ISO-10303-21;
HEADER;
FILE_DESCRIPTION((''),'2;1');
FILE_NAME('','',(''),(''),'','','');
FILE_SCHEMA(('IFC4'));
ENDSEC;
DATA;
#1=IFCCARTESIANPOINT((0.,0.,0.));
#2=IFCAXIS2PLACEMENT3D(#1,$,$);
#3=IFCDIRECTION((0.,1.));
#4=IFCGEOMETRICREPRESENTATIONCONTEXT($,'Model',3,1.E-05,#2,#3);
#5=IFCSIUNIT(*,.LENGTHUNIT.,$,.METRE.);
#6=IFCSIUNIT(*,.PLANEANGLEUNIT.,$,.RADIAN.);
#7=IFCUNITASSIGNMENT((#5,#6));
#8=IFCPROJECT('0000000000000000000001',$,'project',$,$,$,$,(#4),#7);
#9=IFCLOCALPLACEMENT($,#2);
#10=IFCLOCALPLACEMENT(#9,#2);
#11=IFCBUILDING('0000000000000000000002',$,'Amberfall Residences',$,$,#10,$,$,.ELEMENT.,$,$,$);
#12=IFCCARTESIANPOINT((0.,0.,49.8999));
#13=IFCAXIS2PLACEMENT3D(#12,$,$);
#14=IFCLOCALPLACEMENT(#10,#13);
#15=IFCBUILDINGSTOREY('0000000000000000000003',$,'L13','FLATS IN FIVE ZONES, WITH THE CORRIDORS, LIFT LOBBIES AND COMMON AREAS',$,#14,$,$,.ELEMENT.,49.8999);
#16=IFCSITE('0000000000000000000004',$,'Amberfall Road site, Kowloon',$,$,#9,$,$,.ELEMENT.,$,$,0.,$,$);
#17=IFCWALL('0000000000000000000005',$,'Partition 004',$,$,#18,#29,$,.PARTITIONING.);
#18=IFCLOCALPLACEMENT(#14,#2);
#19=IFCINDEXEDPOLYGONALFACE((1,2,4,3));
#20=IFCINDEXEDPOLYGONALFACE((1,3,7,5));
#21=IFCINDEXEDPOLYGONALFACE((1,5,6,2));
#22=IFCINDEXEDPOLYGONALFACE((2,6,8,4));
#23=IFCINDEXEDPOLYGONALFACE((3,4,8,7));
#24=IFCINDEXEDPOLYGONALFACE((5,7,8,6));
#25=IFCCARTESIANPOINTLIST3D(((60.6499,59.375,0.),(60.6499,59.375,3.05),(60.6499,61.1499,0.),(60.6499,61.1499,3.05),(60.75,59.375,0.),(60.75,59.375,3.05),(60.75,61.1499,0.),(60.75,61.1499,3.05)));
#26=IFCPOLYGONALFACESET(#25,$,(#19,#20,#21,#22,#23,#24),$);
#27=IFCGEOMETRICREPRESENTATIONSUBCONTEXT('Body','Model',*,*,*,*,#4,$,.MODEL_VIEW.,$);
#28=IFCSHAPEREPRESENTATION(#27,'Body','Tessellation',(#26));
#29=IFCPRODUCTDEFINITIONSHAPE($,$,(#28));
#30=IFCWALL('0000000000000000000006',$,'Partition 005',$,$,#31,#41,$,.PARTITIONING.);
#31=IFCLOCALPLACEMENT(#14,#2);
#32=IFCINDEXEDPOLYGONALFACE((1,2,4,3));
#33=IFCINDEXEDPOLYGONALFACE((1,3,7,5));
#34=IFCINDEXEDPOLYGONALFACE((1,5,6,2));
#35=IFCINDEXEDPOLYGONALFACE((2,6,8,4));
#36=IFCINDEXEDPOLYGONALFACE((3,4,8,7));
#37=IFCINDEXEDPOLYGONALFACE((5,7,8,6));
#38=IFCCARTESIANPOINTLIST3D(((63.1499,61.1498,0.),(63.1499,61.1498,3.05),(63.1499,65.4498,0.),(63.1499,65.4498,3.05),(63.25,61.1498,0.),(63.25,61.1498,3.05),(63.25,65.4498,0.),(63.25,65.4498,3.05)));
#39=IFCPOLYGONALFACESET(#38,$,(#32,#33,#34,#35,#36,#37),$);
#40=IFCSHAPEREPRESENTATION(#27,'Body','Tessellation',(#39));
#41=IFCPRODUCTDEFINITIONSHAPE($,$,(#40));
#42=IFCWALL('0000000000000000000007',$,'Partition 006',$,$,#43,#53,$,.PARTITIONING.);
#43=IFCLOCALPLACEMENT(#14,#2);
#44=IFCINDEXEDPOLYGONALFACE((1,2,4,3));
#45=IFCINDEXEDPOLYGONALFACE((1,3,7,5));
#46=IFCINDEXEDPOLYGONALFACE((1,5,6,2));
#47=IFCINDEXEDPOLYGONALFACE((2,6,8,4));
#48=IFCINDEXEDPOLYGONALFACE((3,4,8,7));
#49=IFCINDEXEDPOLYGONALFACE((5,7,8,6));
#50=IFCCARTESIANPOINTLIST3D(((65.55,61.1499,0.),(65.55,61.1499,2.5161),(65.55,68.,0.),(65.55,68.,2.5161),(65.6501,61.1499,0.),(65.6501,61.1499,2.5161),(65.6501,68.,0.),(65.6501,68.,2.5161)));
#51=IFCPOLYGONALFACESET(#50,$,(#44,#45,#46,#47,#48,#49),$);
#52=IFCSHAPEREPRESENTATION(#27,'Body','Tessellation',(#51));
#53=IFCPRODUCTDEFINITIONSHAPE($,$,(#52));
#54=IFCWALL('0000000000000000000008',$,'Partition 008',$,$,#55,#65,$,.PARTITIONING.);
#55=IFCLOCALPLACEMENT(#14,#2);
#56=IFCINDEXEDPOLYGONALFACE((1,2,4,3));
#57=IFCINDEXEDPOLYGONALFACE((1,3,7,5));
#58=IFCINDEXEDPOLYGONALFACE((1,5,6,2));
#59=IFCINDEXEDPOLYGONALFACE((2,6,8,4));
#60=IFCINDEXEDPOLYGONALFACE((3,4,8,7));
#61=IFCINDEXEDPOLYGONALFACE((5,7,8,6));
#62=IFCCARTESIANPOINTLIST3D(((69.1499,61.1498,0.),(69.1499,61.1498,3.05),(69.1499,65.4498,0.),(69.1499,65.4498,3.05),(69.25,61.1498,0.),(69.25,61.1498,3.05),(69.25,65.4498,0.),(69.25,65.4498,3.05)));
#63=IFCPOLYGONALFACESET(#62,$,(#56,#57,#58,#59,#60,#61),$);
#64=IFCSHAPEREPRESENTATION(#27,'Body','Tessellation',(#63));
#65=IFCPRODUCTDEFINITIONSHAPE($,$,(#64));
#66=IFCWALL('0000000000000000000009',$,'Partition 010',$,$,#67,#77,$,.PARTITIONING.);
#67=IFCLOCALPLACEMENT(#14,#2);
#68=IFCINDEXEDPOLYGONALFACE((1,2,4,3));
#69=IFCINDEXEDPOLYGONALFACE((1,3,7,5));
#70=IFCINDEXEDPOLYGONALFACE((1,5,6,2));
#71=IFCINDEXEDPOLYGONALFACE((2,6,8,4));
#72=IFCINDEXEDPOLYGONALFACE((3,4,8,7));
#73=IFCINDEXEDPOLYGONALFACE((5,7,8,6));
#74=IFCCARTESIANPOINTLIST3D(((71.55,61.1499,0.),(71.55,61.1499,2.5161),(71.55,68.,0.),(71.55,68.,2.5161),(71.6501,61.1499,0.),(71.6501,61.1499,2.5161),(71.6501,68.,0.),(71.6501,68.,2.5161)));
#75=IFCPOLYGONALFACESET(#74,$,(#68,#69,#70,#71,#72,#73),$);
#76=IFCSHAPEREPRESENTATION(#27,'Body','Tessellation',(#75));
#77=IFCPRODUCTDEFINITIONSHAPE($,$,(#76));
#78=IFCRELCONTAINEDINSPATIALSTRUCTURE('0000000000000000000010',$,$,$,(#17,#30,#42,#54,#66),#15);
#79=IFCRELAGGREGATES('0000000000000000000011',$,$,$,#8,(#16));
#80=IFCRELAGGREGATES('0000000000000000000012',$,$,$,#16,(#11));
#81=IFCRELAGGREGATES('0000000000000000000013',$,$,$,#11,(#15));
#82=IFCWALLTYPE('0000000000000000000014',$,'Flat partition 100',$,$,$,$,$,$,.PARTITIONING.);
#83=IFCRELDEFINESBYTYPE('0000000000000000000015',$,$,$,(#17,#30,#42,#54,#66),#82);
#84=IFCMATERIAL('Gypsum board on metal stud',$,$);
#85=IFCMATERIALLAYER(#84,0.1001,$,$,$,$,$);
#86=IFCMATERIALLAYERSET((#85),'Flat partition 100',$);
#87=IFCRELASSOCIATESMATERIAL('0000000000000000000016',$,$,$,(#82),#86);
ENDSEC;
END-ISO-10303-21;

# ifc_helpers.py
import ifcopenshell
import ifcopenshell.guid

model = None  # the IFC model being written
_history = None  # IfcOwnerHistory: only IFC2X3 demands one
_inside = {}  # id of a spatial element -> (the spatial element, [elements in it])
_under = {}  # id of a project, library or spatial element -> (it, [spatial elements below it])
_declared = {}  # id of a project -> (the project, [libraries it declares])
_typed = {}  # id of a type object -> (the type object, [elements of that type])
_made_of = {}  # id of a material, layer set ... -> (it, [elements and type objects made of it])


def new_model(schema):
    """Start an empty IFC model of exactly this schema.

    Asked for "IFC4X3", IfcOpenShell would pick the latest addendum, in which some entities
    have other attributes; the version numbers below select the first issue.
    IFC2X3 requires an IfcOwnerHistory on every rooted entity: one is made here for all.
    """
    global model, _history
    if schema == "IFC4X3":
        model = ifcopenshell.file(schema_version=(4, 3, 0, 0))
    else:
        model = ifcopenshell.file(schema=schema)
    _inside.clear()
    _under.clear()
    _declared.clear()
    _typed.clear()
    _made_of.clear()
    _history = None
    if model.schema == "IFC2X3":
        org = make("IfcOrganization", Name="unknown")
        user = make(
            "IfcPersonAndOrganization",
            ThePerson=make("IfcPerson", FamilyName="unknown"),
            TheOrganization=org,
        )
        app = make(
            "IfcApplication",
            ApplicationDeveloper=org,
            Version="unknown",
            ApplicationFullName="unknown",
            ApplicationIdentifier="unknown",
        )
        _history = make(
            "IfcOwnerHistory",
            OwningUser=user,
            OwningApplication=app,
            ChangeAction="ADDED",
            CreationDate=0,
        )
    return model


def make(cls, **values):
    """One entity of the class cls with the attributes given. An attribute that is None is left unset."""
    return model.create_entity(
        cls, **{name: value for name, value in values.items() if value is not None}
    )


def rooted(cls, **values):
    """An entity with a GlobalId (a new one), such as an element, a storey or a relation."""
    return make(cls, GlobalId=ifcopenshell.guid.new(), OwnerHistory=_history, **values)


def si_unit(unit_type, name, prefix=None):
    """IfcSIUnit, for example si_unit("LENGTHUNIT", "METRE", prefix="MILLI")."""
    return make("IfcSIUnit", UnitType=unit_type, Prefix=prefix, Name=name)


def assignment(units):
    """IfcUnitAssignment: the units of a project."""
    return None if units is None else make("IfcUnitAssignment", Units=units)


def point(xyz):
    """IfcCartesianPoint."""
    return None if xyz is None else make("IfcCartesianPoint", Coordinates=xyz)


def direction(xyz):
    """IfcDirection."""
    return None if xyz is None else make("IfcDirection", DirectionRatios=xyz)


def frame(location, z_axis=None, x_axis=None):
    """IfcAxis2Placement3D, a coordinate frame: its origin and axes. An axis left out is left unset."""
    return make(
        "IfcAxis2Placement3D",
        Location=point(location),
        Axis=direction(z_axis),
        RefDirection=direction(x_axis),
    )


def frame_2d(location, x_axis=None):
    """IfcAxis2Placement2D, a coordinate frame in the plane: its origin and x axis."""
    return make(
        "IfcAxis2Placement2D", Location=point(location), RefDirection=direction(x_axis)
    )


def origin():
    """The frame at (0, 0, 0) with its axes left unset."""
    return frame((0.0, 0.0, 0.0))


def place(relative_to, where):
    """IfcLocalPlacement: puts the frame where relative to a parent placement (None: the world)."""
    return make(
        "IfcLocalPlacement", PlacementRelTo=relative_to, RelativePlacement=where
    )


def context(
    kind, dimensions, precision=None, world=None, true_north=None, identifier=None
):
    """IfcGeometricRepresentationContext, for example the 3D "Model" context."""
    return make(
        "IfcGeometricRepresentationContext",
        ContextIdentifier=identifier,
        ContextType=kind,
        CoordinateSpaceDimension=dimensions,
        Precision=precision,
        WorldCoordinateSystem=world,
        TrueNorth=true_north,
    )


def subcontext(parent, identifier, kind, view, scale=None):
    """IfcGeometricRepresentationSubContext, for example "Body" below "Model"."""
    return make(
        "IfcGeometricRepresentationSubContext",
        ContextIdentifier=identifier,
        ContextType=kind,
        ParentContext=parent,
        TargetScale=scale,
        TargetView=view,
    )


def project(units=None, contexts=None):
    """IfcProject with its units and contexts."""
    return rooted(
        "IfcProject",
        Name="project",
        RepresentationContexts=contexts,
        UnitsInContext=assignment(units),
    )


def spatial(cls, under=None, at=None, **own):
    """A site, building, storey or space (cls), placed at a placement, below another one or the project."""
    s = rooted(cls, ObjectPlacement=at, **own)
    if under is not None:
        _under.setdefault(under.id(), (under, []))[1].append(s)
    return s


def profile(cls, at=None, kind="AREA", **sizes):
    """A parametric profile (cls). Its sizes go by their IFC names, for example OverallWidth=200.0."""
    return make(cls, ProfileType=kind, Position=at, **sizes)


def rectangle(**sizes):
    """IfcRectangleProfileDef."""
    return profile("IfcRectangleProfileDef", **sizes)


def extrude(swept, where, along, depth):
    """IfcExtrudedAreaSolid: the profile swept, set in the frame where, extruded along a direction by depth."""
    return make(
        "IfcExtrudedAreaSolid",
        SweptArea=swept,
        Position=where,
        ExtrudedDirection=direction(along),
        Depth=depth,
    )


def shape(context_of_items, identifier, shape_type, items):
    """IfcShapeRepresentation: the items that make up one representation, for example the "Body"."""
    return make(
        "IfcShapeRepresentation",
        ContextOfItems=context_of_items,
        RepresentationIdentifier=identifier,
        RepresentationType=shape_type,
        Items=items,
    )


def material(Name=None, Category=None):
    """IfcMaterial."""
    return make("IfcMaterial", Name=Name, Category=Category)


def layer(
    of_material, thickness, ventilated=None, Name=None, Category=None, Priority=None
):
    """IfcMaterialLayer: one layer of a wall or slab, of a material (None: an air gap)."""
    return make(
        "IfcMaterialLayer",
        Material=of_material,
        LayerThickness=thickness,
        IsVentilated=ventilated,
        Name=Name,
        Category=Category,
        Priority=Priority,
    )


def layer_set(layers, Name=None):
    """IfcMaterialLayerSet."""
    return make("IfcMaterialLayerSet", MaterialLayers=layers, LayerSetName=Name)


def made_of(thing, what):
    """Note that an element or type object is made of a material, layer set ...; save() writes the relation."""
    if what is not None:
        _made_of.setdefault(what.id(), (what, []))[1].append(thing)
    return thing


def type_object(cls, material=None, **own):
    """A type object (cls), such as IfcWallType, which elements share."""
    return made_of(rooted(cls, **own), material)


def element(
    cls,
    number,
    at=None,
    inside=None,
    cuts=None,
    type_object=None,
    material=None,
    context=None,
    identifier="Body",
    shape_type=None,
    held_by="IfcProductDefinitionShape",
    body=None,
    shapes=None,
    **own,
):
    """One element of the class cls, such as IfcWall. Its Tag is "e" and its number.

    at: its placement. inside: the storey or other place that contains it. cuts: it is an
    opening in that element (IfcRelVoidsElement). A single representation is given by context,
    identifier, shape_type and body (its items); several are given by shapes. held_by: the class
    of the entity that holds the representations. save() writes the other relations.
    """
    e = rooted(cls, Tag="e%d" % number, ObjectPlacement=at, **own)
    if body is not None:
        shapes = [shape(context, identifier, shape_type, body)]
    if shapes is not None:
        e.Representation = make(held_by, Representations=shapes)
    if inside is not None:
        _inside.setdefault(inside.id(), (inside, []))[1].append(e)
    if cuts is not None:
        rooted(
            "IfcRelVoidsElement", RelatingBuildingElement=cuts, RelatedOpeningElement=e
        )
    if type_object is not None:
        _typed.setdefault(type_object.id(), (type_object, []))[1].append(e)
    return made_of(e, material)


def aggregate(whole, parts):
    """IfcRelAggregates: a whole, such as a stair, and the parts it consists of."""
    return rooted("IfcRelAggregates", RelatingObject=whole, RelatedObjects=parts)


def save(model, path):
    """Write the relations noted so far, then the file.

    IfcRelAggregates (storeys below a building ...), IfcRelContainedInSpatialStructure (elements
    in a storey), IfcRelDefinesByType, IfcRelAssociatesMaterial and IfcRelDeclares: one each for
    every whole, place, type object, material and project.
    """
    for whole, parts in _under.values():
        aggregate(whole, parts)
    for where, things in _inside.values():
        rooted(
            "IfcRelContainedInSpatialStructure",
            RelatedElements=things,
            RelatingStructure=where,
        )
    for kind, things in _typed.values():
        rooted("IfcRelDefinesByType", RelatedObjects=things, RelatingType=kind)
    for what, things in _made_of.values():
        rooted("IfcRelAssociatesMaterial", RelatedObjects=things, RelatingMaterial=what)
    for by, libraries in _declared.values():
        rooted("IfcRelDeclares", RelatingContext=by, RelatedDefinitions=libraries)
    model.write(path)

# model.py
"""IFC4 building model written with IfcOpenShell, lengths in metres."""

from ifc_helpers import new_model, si_unit, direction, frame, frame_2d, origin, place, context, subcontext, project, spatial, rectangle, extrude, material, layer, layer_set, type_object, element, save


model = new_model("IFC4")

# Units and contexts
model_context = context("Model", 3, precision=1e-05, world=origin(), true_north=direction((0.0, 1.0)))
body_context = subcontext(model_context, "Body", "Model", "MODEL_VIEW")
ifc_project = project(units=[si_unit("LENGTHUNIT", "METRE"), si_unit("PLANEANGLEUNIT", "RADIAN")], contexts=[model_context])

# Site, building, storey
site_placement = place(None, origin())
site = spatial("IfcSite", under=ifc_project, at=site_placement, Name="Amberfall Road site, Kowloon", CompositionType="ELEMENT", RefElevation=0.0)
building_placement = place(site_placement, origin())
building = spatial("IfcBuilding", under=site, at=building_placement, Name="Amberfall Residences", CompositionType="ELEMENT")
storey_placement = place(building_placement, frame((0.0, 0.0, 49.8999)))
storey = spatial("IfcBuildingStorey", under=building, at=storey_placement, Name="L13", Description="FLATS IN FIVE ZONES, WITH THE CORRIDORS, LIFT LOBBIES AND COMMON AREAS", CompositionType="ELEMENT", Elevation=49.8999)

# Walls
ifc_material_1 = material(Name="Gypsum board on metal stud")
ifc_layer_1 = layer(ifc_material_1, 0.1001)
ifc_layer_set_1 = layer_set([ifc_layer_1], Name="Flat partition 100")
wall_type_1 = type_object("IfcWallType", Name="Flat partition 100", PredefinedType="PARTITIONING", material=ifc_layer_set_1)
wall_1_placement = place(storey_placement, frame((60.7, 59.375, 0.0), z_axis=(0.0, 0.0, 1.0), x_axis=(0.0, 1.0, 0.0)))
element("IfcWall", 1, at=wall_1_placement, inside=storey, type_object=wall_type_1, Name="Partition 004", PredefinedType="PARTITIONING", context=body_context, shape_type="SweptSolid", body=[
    extrude(rectangle(XDim=1.7749, YDim=0.1001, at=frame_2d((0.8875, 0.0))), origin(), (0.0, 0.0, 1.0), 3.05),
])
wall_2_placement = place(storey_placement, frame((63.2, 61.1499, 0.0), z_axis=(0.0, 0.0, 1.0), x_axis=(0.0, 1.0, 0.0)))
element("IfcWall", 2, at=wall_2_placement, inside=storey, type_object=wall_type_1, Name="Partition 005", PredefinedType="PARTITIONING", context=body_context, shape_type="SweptSolid", body=[
    extrude(rectangle(XDim=4.3, YDim=0.1001, at=frame_2d((2.1499, 0.0))), origin(), (0.0, 0.0, 1.0), 3.05),
])
wall_3_placement = place(storey_placement, frame((65.6001, 61.1499, 0.0), z_axis=(0.0, 0.0, 1.0), x_axis=(0.0, 1.0, 0.0)))
element("IfcWall", 3, at=wall_3_placement, inside=storey, type_object=wall_type_1, Name="Partition 006", PredefinedType="PARTITIONING", context=body_context, shape_type="SweptSolid", body=[
    extrude(rectangle(XDim=6.8501, YDim=0.1001, at=frame_2d((3.425, 0.0))), origin(), (0.0, 0.0, 1.0), 2.5161),
])
wall_4_placement = place(storey_placement, frame((69.2, 61.1499, 0.0), z_axis=(0.0, 0.0, 1.0), x_axis=(0.0, 1.0, 0.0)))
element("IfcWall", 4, at=wall_4_placement, inside=storey, type_object=wall_type_1, Name="Partition 008", PredefinedType="PARTITIONING", context=body_context, shape_type="SweptSolid", body=[
    extrude(rectangle(XDim=4.3, YDim=0.1001, at=frame_2d((2.1499, 0.0))), origin(), (0.0, 0.0, 1.0), 3.05),
])
wall_5_placement = place(storey_placement, frame((71.6001, 61.1499, 0.0), z_axis=(0.0, 0.0, 1.0), x_axis=(0.0, 1.0, 0.0)))
element("IfcWall", 5, at=wall_5_placement, inside=storey, type_object=wall_type_1, Name="Partition 010", PredefinedType="PARTITIONING", context=body_context, shape_type="SweptSolid", body=[
    extrude(rectangle(XDim=6.8501, YDim=0.1001, at=frame_2d((3.425, 0.0))), origin(), (0.0, 0.0, 1.0), 2.5161),
])

save(model, "model.ifc")
